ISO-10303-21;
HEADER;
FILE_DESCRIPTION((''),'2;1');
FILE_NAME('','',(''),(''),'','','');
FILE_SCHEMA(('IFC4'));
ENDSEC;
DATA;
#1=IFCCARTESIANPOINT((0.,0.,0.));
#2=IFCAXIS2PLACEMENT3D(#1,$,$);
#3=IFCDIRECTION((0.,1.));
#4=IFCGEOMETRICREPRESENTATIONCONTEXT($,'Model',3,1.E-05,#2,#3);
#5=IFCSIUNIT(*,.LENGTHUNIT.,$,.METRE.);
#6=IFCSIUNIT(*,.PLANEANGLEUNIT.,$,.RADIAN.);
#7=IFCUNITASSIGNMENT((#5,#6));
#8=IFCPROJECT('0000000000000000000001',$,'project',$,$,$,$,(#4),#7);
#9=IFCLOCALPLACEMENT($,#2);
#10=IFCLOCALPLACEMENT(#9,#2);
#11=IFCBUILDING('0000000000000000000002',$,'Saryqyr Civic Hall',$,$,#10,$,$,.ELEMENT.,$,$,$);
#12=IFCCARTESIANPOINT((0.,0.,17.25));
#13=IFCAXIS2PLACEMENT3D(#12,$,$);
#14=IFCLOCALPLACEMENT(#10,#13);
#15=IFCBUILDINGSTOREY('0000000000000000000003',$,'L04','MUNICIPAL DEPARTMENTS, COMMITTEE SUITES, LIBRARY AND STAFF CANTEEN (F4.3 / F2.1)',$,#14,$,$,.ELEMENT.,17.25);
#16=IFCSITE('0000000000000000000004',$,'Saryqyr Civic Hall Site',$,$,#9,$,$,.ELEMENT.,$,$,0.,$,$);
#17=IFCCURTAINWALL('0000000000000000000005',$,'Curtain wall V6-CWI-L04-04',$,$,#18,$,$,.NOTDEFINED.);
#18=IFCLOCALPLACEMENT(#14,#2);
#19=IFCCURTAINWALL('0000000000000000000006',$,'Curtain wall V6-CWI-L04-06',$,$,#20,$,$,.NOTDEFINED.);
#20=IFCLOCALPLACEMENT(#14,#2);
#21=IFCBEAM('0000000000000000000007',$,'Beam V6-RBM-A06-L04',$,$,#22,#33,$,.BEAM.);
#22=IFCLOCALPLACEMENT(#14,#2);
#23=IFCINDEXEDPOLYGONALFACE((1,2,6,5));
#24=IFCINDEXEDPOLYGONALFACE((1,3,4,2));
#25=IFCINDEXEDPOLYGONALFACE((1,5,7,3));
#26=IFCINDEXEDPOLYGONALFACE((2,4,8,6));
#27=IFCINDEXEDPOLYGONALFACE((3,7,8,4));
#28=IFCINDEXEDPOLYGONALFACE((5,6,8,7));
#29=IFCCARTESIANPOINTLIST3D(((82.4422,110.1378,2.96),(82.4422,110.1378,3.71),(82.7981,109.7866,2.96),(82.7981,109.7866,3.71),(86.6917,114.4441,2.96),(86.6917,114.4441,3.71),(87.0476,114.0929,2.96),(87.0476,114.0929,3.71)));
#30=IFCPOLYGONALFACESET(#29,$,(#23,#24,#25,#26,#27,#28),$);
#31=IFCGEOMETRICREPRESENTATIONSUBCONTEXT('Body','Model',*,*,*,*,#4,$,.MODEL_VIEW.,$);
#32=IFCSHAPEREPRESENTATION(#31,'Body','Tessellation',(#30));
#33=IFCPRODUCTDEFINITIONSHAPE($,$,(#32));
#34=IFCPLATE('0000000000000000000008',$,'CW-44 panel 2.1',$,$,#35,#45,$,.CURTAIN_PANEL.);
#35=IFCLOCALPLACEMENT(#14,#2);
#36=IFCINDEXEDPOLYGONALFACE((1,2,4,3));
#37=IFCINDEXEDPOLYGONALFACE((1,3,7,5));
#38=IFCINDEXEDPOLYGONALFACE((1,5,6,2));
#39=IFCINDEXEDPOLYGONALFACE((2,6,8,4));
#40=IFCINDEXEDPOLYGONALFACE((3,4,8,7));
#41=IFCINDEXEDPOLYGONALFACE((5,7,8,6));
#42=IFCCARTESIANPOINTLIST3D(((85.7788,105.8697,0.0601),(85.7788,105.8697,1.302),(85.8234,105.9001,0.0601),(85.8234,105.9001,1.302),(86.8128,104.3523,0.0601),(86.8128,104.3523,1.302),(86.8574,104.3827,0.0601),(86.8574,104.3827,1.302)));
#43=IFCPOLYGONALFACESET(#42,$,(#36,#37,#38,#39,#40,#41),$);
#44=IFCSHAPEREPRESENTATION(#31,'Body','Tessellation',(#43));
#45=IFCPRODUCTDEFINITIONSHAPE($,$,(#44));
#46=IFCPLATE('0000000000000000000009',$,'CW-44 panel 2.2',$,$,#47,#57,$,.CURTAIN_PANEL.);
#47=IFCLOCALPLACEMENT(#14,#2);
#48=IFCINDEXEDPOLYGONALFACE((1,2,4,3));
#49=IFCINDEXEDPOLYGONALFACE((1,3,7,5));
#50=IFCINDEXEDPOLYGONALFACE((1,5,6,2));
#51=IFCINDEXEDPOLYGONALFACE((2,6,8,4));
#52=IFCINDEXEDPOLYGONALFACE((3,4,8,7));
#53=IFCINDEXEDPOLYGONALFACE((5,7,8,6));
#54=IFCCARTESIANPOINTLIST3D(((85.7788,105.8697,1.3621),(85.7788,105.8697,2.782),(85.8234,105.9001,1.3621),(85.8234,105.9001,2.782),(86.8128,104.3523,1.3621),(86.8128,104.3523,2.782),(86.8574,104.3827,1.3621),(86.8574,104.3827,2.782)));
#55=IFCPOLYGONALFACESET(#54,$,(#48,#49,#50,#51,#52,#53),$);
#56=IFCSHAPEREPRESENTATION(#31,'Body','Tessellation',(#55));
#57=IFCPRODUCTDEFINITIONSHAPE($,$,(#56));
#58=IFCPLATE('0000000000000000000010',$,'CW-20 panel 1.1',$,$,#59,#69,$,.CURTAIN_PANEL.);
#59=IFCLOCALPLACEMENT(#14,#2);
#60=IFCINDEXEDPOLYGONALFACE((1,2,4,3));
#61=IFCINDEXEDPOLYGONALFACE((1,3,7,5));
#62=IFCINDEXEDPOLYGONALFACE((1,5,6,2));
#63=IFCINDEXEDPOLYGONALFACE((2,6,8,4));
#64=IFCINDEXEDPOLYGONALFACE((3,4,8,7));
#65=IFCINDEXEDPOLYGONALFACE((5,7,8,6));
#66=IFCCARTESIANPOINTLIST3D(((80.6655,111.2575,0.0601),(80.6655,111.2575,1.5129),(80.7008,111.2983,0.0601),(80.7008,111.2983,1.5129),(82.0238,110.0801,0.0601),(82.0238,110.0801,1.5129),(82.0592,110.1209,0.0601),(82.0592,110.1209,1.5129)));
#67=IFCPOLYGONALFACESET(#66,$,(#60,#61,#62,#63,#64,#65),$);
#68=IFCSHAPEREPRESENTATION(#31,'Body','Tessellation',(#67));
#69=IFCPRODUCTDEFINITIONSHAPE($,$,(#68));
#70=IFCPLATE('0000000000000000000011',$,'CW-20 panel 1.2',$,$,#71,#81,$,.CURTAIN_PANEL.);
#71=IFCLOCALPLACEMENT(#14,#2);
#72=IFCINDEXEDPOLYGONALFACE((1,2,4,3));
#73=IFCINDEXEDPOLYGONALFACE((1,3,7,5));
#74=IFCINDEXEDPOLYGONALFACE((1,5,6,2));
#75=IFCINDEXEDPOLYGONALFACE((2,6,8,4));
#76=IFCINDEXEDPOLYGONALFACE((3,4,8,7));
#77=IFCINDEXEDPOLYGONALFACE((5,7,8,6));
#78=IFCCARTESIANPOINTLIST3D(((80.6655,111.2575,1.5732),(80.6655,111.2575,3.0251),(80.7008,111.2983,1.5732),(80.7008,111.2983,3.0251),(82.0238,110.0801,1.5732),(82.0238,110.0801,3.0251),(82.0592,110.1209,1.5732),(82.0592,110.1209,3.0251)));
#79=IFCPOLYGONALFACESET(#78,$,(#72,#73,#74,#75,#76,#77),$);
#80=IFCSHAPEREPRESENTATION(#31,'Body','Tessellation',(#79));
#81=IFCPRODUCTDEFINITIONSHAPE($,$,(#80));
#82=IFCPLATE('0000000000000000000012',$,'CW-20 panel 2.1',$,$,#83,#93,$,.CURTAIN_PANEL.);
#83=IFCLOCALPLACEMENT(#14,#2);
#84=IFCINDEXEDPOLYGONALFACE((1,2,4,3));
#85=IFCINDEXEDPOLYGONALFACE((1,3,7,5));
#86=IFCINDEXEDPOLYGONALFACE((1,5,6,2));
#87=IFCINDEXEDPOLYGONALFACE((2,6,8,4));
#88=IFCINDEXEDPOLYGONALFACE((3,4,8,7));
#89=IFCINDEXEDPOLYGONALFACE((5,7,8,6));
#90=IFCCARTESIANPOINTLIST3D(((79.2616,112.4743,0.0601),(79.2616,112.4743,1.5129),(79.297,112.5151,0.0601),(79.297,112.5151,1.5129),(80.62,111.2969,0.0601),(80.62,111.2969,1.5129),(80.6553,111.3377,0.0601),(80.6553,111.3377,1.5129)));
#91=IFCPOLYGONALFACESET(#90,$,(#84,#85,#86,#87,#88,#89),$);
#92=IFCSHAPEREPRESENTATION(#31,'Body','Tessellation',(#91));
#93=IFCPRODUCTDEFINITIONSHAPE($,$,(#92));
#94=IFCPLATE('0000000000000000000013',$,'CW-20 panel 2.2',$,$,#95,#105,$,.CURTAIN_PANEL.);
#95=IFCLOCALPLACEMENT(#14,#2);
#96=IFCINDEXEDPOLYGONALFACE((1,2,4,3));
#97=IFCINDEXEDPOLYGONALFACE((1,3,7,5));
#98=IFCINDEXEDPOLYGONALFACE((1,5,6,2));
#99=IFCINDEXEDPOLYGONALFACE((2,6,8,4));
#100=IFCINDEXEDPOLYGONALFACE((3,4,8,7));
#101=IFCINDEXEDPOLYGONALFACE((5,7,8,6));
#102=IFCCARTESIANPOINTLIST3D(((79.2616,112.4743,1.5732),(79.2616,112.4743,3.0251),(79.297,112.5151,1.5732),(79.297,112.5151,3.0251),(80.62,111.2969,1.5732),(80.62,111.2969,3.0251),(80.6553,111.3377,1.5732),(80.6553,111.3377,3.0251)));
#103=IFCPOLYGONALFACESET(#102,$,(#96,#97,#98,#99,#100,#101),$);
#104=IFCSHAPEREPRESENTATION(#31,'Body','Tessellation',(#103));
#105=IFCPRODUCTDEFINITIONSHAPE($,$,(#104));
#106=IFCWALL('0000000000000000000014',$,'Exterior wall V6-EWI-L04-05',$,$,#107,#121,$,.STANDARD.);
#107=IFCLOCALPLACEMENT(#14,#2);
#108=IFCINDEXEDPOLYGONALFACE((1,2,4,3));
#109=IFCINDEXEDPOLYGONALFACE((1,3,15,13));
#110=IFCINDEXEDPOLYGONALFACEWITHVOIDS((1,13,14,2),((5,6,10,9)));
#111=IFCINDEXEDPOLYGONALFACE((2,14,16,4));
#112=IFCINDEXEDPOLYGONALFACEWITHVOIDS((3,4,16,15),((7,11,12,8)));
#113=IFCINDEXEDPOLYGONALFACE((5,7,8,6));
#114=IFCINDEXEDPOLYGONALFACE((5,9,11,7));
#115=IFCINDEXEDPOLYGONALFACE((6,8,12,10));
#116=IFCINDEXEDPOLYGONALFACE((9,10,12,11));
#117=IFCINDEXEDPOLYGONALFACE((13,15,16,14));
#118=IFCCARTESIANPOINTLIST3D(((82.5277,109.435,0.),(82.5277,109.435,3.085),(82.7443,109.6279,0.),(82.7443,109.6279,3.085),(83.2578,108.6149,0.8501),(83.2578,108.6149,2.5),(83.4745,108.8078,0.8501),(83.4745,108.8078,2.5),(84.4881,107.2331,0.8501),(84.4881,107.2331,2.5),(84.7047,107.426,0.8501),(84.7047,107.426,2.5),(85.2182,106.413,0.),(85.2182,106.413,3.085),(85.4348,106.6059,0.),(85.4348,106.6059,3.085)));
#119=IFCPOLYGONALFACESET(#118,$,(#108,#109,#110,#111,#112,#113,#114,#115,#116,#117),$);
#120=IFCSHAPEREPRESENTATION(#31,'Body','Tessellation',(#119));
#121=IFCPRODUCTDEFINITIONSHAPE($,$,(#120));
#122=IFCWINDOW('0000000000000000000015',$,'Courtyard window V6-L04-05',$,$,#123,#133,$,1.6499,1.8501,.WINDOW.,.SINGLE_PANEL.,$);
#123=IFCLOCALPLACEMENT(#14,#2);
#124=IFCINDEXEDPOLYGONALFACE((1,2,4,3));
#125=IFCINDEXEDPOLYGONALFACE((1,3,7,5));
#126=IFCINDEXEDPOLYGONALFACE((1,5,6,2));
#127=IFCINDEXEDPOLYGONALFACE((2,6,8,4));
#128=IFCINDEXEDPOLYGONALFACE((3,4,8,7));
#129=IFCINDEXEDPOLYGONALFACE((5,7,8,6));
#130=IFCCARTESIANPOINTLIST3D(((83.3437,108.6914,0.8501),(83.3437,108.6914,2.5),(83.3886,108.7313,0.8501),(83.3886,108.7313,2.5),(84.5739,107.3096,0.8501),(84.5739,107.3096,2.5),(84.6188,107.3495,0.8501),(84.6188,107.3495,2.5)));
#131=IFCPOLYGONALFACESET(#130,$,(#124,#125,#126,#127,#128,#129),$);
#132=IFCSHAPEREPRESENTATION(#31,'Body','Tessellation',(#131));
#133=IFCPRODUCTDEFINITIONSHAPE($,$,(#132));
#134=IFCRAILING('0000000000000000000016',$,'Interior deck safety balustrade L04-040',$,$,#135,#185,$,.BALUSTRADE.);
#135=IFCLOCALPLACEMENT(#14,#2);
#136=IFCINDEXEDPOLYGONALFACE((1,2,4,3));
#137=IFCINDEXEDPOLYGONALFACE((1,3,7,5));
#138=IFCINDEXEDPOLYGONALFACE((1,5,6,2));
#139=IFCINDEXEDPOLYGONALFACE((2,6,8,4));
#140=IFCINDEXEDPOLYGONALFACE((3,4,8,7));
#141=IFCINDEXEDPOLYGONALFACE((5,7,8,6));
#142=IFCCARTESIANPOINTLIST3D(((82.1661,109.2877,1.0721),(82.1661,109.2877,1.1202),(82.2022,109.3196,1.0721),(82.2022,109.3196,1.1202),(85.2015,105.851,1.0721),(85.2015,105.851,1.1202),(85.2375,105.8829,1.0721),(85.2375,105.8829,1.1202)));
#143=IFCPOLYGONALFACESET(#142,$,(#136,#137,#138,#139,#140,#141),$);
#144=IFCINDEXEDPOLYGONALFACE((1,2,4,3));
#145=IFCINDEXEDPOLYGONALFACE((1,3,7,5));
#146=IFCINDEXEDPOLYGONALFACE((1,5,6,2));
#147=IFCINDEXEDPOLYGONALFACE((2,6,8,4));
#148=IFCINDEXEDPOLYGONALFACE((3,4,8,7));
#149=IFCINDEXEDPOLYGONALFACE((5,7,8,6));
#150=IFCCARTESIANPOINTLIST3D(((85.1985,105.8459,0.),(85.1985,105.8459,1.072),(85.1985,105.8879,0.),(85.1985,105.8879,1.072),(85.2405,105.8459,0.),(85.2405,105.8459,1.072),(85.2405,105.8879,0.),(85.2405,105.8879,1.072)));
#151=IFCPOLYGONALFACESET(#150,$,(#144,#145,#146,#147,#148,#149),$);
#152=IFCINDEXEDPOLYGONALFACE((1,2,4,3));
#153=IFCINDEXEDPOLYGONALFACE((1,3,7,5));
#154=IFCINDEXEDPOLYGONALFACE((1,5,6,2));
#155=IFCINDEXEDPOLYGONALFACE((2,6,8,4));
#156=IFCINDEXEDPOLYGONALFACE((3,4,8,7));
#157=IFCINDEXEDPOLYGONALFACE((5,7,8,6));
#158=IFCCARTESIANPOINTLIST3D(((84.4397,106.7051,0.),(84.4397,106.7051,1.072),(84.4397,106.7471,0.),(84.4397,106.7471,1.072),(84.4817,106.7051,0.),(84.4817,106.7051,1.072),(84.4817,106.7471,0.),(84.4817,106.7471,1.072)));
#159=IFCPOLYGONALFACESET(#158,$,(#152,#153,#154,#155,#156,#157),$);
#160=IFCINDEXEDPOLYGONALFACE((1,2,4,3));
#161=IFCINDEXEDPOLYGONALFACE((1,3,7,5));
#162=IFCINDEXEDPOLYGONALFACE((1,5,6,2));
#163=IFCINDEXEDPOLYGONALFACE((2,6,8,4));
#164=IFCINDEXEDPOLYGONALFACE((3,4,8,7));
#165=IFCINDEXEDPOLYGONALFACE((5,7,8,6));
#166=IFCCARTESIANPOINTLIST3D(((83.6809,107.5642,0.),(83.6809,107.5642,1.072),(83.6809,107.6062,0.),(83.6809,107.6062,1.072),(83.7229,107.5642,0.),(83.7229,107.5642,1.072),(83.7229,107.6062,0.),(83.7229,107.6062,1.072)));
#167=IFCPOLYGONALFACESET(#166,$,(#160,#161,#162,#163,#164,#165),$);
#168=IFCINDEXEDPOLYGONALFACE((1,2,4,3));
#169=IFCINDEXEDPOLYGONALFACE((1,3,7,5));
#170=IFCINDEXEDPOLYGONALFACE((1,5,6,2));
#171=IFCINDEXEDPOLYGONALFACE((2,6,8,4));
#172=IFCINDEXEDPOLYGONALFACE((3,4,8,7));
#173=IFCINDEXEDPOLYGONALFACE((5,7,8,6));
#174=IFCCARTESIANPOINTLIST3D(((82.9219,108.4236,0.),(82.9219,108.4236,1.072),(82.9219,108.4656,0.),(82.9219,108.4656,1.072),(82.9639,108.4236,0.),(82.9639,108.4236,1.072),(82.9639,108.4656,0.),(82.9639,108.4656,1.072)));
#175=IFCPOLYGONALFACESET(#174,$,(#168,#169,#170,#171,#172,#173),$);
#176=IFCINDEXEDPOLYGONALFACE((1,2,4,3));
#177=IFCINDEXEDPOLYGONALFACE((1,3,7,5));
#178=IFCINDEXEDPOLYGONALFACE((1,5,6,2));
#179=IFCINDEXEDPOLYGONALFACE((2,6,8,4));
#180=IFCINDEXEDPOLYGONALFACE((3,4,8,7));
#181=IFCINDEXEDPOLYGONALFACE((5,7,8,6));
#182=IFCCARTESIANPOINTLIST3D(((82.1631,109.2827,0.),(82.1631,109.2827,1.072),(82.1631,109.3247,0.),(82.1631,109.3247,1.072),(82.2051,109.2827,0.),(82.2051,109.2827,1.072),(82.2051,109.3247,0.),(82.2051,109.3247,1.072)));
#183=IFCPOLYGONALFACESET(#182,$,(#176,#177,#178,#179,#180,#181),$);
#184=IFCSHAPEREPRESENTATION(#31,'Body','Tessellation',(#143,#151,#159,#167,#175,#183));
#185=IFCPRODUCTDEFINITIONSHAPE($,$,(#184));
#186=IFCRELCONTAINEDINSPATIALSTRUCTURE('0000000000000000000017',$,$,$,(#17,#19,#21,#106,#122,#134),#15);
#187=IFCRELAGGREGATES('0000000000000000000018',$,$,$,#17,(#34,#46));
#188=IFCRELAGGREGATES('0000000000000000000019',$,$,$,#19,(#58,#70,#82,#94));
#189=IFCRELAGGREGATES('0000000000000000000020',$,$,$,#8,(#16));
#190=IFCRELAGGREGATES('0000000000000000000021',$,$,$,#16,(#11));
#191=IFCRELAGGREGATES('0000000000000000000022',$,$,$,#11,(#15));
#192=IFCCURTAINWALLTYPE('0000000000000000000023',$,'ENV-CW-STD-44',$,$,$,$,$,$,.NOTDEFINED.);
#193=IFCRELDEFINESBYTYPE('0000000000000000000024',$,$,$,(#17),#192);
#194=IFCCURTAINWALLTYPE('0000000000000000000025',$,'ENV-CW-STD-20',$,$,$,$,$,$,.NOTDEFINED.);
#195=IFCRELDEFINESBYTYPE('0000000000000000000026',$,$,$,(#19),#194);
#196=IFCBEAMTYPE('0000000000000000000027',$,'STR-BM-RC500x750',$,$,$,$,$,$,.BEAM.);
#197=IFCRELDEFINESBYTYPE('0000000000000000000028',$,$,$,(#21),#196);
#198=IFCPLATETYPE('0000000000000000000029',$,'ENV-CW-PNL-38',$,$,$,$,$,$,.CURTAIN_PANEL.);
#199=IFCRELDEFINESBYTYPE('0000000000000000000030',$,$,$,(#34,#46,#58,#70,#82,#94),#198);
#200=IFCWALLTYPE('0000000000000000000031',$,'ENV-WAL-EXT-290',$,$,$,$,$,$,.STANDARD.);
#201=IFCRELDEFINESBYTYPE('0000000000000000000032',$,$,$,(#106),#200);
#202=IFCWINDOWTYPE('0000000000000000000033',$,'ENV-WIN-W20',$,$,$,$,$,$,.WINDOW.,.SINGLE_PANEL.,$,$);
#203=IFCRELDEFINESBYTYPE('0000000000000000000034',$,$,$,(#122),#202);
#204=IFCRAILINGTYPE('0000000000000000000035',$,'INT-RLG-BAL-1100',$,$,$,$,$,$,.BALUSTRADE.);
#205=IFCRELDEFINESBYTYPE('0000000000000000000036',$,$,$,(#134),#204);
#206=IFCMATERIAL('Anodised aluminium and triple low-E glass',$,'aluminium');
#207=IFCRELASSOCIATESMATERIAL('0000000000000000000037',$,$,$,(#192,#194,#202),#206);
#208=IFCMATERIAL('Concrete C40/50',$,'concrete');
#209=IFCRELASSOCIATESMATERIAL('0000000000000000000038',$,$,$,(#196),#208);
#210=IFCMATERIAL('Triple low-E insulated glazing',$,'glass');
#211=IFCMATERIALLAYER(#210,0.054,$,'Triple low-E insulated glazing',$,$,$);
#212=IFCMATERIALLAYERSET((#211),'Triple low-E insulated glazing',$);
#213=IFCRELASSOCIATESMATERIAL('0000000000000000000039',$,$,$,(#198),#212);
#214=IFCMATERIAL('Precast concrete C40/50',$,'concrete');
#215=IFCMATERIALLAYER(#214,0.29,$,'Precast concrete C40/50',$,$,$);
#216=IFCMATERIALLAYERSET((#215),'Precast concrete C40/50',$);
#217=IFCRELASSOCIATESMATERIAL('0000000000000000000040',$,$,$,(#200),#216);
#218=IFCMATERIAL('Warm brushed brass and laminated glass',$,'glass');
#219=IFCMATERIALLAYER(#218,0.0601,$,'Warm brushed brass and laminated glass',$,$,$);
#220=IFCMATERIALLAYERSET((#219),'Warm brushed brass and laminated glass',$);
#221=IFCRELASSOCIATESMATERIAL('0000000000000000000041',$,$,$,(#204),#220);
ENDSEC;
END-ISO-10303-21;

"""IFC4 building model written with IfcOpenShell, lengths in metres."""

from ifc_helpers import new_model, si_unit, direction, frame, frame_2d, origin, origin_2d, place, context, subcontext, project, spatial, rectangle, extrude, material, layer, layer_set, material_profile, profile_set, type_object, element, fill, aggregate, save


model = new_model("IFC4")

# Units and contexts
model_context = context("Model", 3, precision=1e-05, world=origin(), true_north=direction((0.0, 1.0)))
body_context = subcontext(model_context, "Body", "Model", "MODEL_VIEW")
ifc_project = project(units=[si_unit("LENGTHUNIT", "METRE"), si_unit("PLANEANGLEUNIT", "RADIAN")], contexts=[model_context])

# Site, building, storey
site_placement = place(None, origin())
site = spatial("IfcSite", under=ifc_project, at=site_placement, Name="Saryqyr Civic Hall Site", CompositionType="ELEMENT", RefElevation=0.0)
building_placement = place(site_placement, origin())
building = spatial("IfcBuilding", under=site, at=building_placement, Name="Saryqyr Civic Hall", CompositionType="ELEMENT")
storey_placement = place(building_placement, frame((0.0, 0.0, 17.25)))
storey = spatial("IfcBuildingStorey", under=building, at=storey_placement, Name="L04", Description="MUNICIPAL DEPARTMENTS, COMMITTEE SUITES, LIBRARY AND STAFF CANTEEN (F4.3 / F2.1)", CompositionType="ELEMENT", Elevation=17.25)

# Shared definitions
ifc_material_1 = material(Name="Concrete C40/50", Category="concrete")

# Curtain wall
ifc_material_2 = material(Name="Anodised aluminium and triple low-E glass", Category="aluminium")
curtain_wall_type_1 = type_object("IfcCurtainWallType", Name="ENV-CW-STD-44", PredefinedType="NOTDEFINED", material=ifc_material_2)
curtain_wall_1_placement = place(storey_placement, origin())
curtain_wall_1 = element("IfcCurtainWall", 1, at=curtain_wall_1_placement, inside=storey, type_object=curtain_wall_type_1, Name="Curtain wall V6-CWI-L04-04", PredefinedType="NOTDEFINED")

# Curtain wall
curtain_wall_type_2 = type_object("IfcCurtainWallType", Name="ENV-CW-STD-20", PredefinedType="NOTDEFINED", material=ifc_material_2)
curtain_wall_2_placement = place(storey_placement, origin())
curtain_wall_2 = element("IfcCurtainWall", 2, at=curtain_wall_2_placement, inside=storey, type_object=curtain_wall_type_2, Name="Curtain wall V6-CWI-L04-06", PredefinedType="NOTDEFINED")

# Beam
ifc_material_profile_1 = material_profile(ifc_material_1, rectangle(XDim=0.5, YDim=0.75, at=origin_2d()), Name="RC 500x750")
ifc_profile_set_1 = profile_set([ifc_material_profile_1], Name="Concrete C40/50")
beam_type_1 = type_object("IfcBeamType", Name="STR-BM-RC500x750", PredefinedType="BEAM", material=ifc_profile_set_1)
beam_1_placement = place(storey_placement, frame((82.6201, 109.9622, 3.335), z_axis=(0.70239, 0.711792, 0.0), x_axis=(-0.711792, 0.70239, 0.0)))
element("IfcBeam", 3, at=beam_1_placement, inside=storey, type_object=beam_type_1, Name="Beam V6-RBM-A06-L04", PredefinedType="BEAM", context=body_context, shape_type="SweptSolid", body=[
    extrude(rectangle(XDim=0.5, YDim=0.75, at=origin_2d()), origin(), (0.0, 0.0, 1.0), 6.05),
])

# Plates
ifc_material_3 = material(Name="Triple low-E insulated glazing", Category="glass")
ifc_layer_1 = layer(ifc_material_3, 0.054, Name="Triple low-E insulated glazing")
ifc_layer_set_1 = layer_set([ifc_layer_1], Name="Triple low-E insulated glazing")
plate_type = type_object("IfcPlateType", Name="ENV-CW-PNL-38", PredefinedType="CURTAIN_PANEL", material=ifc_layer_set_1)
plate_1_placement = place(storey_placement, frame((86.3181, 105.1262, 0.0601), z_axis=(0.0, 0.0, 1.0), x_axis=(-0.56313, 0.826368, 0.0)))
plate_1 = element("IfcPlate", 4, at=plate_1_placement, type_object=plate_type, Name="CW-44 panel 2.1", PredefinedType="CURTAIN_PANEL", context=body_context, shape_type="SweptSolid", body=[
    extrude(rectangle(XDim=1.8362, YDim=0.054, at=origin_2d()), origin(), (0.0, 0.0, 1.0), 1.2419),
])
plate_2_placement = place(storey_placement, frame((86.3181, 105.1262, 1.3621), z_axis=(0.0, 0.0, 1.0), x_axis=(-0.56313, 0.826368, 0.0)))
plate_2 = element("IfcPlate", 5, at=plate_2_placement, type_object=plate_type, Name="CW-44 panel 2.2", PredefinedType="CURTAIN_PANEL", context=body_context, shape_type="SweptSolid", body=[
    extrude(rectangle(XDim=1.8362, YDim=0.054, at=origin_2d()), origin(), (0.0, 0.0, 1.0), 1.4199),
])
aggregate(curtain_wall_1, [plate_1, plate_2])
plate_3_placement = place(storey_placement, frame((81.3623, 110.6892, 0.0601), z_axis=(0.0, 0.0, 1.0), x_axis=(-0.755652, 0.654974, 0.0)))
plate_3 = element("IfcPlate", 6, at=plate_3_placement, type_object=plate_type, Name="CW-20 panel 1.1", PredefinedType="CURTAIN_PANEL", context=body_context, shape_type="SweptSolid", body=[
    extrude(rectangle(XDim=1.7976, YDim=0.054, at=origin_2d()), origin(), (0.0, 0.0, 1.0), 1.4529),
])
plate_4_placement = place(storey_placement, frame((81.3623, 110.6892, 1.5732), z_axis=(0.0, 0.0, 1.0), x_axis=(-0.755652, 0.654974, 0.0)))
plate_4 = element("IfcPlate", 7, at=plate_4_placement, type_object=plate_type, Name="CW-20 panel 1.2", PredefinedType="CURTAIN_PANEL", context=body_context, shape_type="SweptSolid", body=[
    extrude(rectangle(XDim=1.7976, YDim=0.054, at=origin_2d()), origin(), (0.0, 0.0, 1.0), 1.4519),
])
plate_5_placement = place(storey_placement, frame((79.9585, 111.906, 0.0601), z_axis=(0.0, 0.0, 1.0), x_axis=(-0.755652, 0.654974, 0.0)))
plate_5 = element("IfcPlate", 8, at=plate_5_placement, type_object=plate_type, Name="CW-20 panel 2.1", PredefinedType="CURTAIN_PANEL", context=body_context, shape_type="SweptSolid", body=[
    extrude(rectangle(XDim=1.7976, YDim=0.054, at=origin_2d()), origin(), (0.0, 0.0, 1.0), 1.4529),
])
plate_6_placement = place(storey_placement, frame((79.9585, 111.906, 1.5732), z_axis=(0.0, 0.0, 1.0), x_axis=(-0.755652, 0.654974, 0.0)))
plate_6 = element("IfcPlate", 9, at=plate_6_placement, type_object=plate_type, Name="CW-20 panel 2.2", PredefinedType="CURTAIN_PANEL", context=body_context, shape_type="SweptSolid", body=[
    extrude(rectangle(XDim=1.7976, YDim=0.054, at=origin_2d()), origin(), (0.0, 0.0, 1.0), 1.4519),
])
aggregate(curtain_wall_2, [plate_3, plate_4, plate_5, plate_6])

# Wall, opening, window
ifc_material_4 = material(Name="Precast concrete C40/50", Category="concrete")
ifc_layer_2 = layer(ifc_material_4, 0.29, Name="Precast concrete C40/50")
ifc_layer_set_2 = layer_set([ifc_layer_2], Name="Precast concrete C40/50")
wall_type = type_object("IfcWallType", Name="ENV-WAL-EXT-290", PredefinedType="STANDARD", material=ifc_layer_set_2)
wall_placement = place(storey_placement, frame((85.3264, 106.5095, 0.0), z_axis=(0.0, 0.0, 1.0), x_axis=(-0.664948, 0.74689, 0.0)))
wall = element("IfcWall", 10, at=wall_placement, inside=storey, type_object=wall_type, Name="Exterior wall V6-EWI-L04-05", PredefinedType="STANDARD", context=body_context, shape_type="SweptSolid", body=[
    extrude(rectangle(XDim=4.0461, YDim=0.29, at=frame_2d((2.0229, 0.0))), origin(), (0.0, 0.0, 1.0), 3.085),
])
opening_placement = place(wall_placement, frame((1.0979, 0.0, 0.8501)))
opening = element("IfcOpeningElement", 11, at=opening_placement, cuts=wall, PredefinedType="OPENING", context=body_context, shape_type="SweptSolid", body=[
    extrude(rectangle(XDim=1.8501, YDim=1.6499, at=frame_2d((0.925, 0.825))), frame((0.0, 0.155, 0.0), z_axis=(0.0, -1.0, 0.0), x_axis=(1.0, 0.0, 0.0)), (0.0, 0.0, 1.0), 0.3101),
])
window_type = type_object("IfcWindowType", Name="ENV-WIN-W20", PartitioningType="SINGLE_PANEL", PredefinedType="WINDOW", material=ifc_material_2)
window_placement = place(opening_placement, origin())
window = element("IfcWindow", 12, at=window_placement, inside=storey, type_object=window_type, Name="Courtyard window V6-L04-05", OverallHeight=1.6499, OverallWidth=1.8501, PartitioningType="SINGLE_PANEL", PredefinedType="WINDOW", context=body_context, shape_type="SweptSolid", body=[
    extrude(rectangle(XDim=1.8501, YDim=1.6499, at=frame_2d((0.925, 0.825))), frame((0.0, 0.03, 0.0), z_axis=(0.0, -1.0, 0.0), x_axis=(1.0, 0.0, 0.0)), (0.0, 0.0, 1.0), 0.0601),
])
fill(opening, window)

# Railing
ifc_material_5 = material(Name="Warm brushed brass and laminated glass", Category="glass")
ifc_layer_3 = layer(ifc_material_5, 0.0601, Name="Warm brushed brass and laminated glass")
ifc_layer_set_3 = layer_set([ifc_layer_3], Name="Warm brushed brass and laminated glass")
railing_type = type_object("IfcRailingType", Name="INT-RLG-BAL-1100", PredefinedType="BALUSTRADE", material=ifc_layer_set_3)
railing_1_placement = place(storey_placement, frame((85.2195, 105.8669, 0.0)))
element("IfcRailing", 13, at=railing_1_placement, inside=storey, type_object=railing_type, Name="Interior deck safety balustrade L04-040", PredefinedType="BALUSTRADE", context=body_context, shape_type="SweptSolid", body=[
    extrude(rectangle(XDim=0.0481, YDim=0.0481, at=origin_2d()), frame((0.0, 0.0, 1.0962), z_axis=(-0.661984, 0.749518, 0.0), x_axis=(-0.749518, -0.661984, 0.0)), (0.0, 0.0, 1.0), 4.5852),
    extrude(rectangle(XDim=0.042, YDim=0.042, at=origin_2d()), origin(), (0.0, 0.0, 1.0), 1.072),
    extrude(rectangle(XDim=0.042, YDim=0.042, at=origin_2d()), frame((-0.7588, 0.8591, 0.0)), (0.0, 0.0, 1.0), 1.072),
    extrude(rectangle(XDim=0.042, YDim=0.042, at=origin_2d()), frame((-1.5176, 1.7183, 0.0)), (0.0, 0.0, 1.0), 1.072),
    extrude(rectangle(XDim=0.042, YDim=0.042, at=origin_2d()), frame((-2.2766, 2.5776, 0.0)), (0.0, 0.0, 1.0), 1.072),
    extrude(rectangle(XDim=0.042, YDim=0.042, at=origin_2d()), frame((-3.0354, 3.4368, 0.0)), (0.0, 0.0, 1.0), 1.072),
])

save(model, "model.ifc")
